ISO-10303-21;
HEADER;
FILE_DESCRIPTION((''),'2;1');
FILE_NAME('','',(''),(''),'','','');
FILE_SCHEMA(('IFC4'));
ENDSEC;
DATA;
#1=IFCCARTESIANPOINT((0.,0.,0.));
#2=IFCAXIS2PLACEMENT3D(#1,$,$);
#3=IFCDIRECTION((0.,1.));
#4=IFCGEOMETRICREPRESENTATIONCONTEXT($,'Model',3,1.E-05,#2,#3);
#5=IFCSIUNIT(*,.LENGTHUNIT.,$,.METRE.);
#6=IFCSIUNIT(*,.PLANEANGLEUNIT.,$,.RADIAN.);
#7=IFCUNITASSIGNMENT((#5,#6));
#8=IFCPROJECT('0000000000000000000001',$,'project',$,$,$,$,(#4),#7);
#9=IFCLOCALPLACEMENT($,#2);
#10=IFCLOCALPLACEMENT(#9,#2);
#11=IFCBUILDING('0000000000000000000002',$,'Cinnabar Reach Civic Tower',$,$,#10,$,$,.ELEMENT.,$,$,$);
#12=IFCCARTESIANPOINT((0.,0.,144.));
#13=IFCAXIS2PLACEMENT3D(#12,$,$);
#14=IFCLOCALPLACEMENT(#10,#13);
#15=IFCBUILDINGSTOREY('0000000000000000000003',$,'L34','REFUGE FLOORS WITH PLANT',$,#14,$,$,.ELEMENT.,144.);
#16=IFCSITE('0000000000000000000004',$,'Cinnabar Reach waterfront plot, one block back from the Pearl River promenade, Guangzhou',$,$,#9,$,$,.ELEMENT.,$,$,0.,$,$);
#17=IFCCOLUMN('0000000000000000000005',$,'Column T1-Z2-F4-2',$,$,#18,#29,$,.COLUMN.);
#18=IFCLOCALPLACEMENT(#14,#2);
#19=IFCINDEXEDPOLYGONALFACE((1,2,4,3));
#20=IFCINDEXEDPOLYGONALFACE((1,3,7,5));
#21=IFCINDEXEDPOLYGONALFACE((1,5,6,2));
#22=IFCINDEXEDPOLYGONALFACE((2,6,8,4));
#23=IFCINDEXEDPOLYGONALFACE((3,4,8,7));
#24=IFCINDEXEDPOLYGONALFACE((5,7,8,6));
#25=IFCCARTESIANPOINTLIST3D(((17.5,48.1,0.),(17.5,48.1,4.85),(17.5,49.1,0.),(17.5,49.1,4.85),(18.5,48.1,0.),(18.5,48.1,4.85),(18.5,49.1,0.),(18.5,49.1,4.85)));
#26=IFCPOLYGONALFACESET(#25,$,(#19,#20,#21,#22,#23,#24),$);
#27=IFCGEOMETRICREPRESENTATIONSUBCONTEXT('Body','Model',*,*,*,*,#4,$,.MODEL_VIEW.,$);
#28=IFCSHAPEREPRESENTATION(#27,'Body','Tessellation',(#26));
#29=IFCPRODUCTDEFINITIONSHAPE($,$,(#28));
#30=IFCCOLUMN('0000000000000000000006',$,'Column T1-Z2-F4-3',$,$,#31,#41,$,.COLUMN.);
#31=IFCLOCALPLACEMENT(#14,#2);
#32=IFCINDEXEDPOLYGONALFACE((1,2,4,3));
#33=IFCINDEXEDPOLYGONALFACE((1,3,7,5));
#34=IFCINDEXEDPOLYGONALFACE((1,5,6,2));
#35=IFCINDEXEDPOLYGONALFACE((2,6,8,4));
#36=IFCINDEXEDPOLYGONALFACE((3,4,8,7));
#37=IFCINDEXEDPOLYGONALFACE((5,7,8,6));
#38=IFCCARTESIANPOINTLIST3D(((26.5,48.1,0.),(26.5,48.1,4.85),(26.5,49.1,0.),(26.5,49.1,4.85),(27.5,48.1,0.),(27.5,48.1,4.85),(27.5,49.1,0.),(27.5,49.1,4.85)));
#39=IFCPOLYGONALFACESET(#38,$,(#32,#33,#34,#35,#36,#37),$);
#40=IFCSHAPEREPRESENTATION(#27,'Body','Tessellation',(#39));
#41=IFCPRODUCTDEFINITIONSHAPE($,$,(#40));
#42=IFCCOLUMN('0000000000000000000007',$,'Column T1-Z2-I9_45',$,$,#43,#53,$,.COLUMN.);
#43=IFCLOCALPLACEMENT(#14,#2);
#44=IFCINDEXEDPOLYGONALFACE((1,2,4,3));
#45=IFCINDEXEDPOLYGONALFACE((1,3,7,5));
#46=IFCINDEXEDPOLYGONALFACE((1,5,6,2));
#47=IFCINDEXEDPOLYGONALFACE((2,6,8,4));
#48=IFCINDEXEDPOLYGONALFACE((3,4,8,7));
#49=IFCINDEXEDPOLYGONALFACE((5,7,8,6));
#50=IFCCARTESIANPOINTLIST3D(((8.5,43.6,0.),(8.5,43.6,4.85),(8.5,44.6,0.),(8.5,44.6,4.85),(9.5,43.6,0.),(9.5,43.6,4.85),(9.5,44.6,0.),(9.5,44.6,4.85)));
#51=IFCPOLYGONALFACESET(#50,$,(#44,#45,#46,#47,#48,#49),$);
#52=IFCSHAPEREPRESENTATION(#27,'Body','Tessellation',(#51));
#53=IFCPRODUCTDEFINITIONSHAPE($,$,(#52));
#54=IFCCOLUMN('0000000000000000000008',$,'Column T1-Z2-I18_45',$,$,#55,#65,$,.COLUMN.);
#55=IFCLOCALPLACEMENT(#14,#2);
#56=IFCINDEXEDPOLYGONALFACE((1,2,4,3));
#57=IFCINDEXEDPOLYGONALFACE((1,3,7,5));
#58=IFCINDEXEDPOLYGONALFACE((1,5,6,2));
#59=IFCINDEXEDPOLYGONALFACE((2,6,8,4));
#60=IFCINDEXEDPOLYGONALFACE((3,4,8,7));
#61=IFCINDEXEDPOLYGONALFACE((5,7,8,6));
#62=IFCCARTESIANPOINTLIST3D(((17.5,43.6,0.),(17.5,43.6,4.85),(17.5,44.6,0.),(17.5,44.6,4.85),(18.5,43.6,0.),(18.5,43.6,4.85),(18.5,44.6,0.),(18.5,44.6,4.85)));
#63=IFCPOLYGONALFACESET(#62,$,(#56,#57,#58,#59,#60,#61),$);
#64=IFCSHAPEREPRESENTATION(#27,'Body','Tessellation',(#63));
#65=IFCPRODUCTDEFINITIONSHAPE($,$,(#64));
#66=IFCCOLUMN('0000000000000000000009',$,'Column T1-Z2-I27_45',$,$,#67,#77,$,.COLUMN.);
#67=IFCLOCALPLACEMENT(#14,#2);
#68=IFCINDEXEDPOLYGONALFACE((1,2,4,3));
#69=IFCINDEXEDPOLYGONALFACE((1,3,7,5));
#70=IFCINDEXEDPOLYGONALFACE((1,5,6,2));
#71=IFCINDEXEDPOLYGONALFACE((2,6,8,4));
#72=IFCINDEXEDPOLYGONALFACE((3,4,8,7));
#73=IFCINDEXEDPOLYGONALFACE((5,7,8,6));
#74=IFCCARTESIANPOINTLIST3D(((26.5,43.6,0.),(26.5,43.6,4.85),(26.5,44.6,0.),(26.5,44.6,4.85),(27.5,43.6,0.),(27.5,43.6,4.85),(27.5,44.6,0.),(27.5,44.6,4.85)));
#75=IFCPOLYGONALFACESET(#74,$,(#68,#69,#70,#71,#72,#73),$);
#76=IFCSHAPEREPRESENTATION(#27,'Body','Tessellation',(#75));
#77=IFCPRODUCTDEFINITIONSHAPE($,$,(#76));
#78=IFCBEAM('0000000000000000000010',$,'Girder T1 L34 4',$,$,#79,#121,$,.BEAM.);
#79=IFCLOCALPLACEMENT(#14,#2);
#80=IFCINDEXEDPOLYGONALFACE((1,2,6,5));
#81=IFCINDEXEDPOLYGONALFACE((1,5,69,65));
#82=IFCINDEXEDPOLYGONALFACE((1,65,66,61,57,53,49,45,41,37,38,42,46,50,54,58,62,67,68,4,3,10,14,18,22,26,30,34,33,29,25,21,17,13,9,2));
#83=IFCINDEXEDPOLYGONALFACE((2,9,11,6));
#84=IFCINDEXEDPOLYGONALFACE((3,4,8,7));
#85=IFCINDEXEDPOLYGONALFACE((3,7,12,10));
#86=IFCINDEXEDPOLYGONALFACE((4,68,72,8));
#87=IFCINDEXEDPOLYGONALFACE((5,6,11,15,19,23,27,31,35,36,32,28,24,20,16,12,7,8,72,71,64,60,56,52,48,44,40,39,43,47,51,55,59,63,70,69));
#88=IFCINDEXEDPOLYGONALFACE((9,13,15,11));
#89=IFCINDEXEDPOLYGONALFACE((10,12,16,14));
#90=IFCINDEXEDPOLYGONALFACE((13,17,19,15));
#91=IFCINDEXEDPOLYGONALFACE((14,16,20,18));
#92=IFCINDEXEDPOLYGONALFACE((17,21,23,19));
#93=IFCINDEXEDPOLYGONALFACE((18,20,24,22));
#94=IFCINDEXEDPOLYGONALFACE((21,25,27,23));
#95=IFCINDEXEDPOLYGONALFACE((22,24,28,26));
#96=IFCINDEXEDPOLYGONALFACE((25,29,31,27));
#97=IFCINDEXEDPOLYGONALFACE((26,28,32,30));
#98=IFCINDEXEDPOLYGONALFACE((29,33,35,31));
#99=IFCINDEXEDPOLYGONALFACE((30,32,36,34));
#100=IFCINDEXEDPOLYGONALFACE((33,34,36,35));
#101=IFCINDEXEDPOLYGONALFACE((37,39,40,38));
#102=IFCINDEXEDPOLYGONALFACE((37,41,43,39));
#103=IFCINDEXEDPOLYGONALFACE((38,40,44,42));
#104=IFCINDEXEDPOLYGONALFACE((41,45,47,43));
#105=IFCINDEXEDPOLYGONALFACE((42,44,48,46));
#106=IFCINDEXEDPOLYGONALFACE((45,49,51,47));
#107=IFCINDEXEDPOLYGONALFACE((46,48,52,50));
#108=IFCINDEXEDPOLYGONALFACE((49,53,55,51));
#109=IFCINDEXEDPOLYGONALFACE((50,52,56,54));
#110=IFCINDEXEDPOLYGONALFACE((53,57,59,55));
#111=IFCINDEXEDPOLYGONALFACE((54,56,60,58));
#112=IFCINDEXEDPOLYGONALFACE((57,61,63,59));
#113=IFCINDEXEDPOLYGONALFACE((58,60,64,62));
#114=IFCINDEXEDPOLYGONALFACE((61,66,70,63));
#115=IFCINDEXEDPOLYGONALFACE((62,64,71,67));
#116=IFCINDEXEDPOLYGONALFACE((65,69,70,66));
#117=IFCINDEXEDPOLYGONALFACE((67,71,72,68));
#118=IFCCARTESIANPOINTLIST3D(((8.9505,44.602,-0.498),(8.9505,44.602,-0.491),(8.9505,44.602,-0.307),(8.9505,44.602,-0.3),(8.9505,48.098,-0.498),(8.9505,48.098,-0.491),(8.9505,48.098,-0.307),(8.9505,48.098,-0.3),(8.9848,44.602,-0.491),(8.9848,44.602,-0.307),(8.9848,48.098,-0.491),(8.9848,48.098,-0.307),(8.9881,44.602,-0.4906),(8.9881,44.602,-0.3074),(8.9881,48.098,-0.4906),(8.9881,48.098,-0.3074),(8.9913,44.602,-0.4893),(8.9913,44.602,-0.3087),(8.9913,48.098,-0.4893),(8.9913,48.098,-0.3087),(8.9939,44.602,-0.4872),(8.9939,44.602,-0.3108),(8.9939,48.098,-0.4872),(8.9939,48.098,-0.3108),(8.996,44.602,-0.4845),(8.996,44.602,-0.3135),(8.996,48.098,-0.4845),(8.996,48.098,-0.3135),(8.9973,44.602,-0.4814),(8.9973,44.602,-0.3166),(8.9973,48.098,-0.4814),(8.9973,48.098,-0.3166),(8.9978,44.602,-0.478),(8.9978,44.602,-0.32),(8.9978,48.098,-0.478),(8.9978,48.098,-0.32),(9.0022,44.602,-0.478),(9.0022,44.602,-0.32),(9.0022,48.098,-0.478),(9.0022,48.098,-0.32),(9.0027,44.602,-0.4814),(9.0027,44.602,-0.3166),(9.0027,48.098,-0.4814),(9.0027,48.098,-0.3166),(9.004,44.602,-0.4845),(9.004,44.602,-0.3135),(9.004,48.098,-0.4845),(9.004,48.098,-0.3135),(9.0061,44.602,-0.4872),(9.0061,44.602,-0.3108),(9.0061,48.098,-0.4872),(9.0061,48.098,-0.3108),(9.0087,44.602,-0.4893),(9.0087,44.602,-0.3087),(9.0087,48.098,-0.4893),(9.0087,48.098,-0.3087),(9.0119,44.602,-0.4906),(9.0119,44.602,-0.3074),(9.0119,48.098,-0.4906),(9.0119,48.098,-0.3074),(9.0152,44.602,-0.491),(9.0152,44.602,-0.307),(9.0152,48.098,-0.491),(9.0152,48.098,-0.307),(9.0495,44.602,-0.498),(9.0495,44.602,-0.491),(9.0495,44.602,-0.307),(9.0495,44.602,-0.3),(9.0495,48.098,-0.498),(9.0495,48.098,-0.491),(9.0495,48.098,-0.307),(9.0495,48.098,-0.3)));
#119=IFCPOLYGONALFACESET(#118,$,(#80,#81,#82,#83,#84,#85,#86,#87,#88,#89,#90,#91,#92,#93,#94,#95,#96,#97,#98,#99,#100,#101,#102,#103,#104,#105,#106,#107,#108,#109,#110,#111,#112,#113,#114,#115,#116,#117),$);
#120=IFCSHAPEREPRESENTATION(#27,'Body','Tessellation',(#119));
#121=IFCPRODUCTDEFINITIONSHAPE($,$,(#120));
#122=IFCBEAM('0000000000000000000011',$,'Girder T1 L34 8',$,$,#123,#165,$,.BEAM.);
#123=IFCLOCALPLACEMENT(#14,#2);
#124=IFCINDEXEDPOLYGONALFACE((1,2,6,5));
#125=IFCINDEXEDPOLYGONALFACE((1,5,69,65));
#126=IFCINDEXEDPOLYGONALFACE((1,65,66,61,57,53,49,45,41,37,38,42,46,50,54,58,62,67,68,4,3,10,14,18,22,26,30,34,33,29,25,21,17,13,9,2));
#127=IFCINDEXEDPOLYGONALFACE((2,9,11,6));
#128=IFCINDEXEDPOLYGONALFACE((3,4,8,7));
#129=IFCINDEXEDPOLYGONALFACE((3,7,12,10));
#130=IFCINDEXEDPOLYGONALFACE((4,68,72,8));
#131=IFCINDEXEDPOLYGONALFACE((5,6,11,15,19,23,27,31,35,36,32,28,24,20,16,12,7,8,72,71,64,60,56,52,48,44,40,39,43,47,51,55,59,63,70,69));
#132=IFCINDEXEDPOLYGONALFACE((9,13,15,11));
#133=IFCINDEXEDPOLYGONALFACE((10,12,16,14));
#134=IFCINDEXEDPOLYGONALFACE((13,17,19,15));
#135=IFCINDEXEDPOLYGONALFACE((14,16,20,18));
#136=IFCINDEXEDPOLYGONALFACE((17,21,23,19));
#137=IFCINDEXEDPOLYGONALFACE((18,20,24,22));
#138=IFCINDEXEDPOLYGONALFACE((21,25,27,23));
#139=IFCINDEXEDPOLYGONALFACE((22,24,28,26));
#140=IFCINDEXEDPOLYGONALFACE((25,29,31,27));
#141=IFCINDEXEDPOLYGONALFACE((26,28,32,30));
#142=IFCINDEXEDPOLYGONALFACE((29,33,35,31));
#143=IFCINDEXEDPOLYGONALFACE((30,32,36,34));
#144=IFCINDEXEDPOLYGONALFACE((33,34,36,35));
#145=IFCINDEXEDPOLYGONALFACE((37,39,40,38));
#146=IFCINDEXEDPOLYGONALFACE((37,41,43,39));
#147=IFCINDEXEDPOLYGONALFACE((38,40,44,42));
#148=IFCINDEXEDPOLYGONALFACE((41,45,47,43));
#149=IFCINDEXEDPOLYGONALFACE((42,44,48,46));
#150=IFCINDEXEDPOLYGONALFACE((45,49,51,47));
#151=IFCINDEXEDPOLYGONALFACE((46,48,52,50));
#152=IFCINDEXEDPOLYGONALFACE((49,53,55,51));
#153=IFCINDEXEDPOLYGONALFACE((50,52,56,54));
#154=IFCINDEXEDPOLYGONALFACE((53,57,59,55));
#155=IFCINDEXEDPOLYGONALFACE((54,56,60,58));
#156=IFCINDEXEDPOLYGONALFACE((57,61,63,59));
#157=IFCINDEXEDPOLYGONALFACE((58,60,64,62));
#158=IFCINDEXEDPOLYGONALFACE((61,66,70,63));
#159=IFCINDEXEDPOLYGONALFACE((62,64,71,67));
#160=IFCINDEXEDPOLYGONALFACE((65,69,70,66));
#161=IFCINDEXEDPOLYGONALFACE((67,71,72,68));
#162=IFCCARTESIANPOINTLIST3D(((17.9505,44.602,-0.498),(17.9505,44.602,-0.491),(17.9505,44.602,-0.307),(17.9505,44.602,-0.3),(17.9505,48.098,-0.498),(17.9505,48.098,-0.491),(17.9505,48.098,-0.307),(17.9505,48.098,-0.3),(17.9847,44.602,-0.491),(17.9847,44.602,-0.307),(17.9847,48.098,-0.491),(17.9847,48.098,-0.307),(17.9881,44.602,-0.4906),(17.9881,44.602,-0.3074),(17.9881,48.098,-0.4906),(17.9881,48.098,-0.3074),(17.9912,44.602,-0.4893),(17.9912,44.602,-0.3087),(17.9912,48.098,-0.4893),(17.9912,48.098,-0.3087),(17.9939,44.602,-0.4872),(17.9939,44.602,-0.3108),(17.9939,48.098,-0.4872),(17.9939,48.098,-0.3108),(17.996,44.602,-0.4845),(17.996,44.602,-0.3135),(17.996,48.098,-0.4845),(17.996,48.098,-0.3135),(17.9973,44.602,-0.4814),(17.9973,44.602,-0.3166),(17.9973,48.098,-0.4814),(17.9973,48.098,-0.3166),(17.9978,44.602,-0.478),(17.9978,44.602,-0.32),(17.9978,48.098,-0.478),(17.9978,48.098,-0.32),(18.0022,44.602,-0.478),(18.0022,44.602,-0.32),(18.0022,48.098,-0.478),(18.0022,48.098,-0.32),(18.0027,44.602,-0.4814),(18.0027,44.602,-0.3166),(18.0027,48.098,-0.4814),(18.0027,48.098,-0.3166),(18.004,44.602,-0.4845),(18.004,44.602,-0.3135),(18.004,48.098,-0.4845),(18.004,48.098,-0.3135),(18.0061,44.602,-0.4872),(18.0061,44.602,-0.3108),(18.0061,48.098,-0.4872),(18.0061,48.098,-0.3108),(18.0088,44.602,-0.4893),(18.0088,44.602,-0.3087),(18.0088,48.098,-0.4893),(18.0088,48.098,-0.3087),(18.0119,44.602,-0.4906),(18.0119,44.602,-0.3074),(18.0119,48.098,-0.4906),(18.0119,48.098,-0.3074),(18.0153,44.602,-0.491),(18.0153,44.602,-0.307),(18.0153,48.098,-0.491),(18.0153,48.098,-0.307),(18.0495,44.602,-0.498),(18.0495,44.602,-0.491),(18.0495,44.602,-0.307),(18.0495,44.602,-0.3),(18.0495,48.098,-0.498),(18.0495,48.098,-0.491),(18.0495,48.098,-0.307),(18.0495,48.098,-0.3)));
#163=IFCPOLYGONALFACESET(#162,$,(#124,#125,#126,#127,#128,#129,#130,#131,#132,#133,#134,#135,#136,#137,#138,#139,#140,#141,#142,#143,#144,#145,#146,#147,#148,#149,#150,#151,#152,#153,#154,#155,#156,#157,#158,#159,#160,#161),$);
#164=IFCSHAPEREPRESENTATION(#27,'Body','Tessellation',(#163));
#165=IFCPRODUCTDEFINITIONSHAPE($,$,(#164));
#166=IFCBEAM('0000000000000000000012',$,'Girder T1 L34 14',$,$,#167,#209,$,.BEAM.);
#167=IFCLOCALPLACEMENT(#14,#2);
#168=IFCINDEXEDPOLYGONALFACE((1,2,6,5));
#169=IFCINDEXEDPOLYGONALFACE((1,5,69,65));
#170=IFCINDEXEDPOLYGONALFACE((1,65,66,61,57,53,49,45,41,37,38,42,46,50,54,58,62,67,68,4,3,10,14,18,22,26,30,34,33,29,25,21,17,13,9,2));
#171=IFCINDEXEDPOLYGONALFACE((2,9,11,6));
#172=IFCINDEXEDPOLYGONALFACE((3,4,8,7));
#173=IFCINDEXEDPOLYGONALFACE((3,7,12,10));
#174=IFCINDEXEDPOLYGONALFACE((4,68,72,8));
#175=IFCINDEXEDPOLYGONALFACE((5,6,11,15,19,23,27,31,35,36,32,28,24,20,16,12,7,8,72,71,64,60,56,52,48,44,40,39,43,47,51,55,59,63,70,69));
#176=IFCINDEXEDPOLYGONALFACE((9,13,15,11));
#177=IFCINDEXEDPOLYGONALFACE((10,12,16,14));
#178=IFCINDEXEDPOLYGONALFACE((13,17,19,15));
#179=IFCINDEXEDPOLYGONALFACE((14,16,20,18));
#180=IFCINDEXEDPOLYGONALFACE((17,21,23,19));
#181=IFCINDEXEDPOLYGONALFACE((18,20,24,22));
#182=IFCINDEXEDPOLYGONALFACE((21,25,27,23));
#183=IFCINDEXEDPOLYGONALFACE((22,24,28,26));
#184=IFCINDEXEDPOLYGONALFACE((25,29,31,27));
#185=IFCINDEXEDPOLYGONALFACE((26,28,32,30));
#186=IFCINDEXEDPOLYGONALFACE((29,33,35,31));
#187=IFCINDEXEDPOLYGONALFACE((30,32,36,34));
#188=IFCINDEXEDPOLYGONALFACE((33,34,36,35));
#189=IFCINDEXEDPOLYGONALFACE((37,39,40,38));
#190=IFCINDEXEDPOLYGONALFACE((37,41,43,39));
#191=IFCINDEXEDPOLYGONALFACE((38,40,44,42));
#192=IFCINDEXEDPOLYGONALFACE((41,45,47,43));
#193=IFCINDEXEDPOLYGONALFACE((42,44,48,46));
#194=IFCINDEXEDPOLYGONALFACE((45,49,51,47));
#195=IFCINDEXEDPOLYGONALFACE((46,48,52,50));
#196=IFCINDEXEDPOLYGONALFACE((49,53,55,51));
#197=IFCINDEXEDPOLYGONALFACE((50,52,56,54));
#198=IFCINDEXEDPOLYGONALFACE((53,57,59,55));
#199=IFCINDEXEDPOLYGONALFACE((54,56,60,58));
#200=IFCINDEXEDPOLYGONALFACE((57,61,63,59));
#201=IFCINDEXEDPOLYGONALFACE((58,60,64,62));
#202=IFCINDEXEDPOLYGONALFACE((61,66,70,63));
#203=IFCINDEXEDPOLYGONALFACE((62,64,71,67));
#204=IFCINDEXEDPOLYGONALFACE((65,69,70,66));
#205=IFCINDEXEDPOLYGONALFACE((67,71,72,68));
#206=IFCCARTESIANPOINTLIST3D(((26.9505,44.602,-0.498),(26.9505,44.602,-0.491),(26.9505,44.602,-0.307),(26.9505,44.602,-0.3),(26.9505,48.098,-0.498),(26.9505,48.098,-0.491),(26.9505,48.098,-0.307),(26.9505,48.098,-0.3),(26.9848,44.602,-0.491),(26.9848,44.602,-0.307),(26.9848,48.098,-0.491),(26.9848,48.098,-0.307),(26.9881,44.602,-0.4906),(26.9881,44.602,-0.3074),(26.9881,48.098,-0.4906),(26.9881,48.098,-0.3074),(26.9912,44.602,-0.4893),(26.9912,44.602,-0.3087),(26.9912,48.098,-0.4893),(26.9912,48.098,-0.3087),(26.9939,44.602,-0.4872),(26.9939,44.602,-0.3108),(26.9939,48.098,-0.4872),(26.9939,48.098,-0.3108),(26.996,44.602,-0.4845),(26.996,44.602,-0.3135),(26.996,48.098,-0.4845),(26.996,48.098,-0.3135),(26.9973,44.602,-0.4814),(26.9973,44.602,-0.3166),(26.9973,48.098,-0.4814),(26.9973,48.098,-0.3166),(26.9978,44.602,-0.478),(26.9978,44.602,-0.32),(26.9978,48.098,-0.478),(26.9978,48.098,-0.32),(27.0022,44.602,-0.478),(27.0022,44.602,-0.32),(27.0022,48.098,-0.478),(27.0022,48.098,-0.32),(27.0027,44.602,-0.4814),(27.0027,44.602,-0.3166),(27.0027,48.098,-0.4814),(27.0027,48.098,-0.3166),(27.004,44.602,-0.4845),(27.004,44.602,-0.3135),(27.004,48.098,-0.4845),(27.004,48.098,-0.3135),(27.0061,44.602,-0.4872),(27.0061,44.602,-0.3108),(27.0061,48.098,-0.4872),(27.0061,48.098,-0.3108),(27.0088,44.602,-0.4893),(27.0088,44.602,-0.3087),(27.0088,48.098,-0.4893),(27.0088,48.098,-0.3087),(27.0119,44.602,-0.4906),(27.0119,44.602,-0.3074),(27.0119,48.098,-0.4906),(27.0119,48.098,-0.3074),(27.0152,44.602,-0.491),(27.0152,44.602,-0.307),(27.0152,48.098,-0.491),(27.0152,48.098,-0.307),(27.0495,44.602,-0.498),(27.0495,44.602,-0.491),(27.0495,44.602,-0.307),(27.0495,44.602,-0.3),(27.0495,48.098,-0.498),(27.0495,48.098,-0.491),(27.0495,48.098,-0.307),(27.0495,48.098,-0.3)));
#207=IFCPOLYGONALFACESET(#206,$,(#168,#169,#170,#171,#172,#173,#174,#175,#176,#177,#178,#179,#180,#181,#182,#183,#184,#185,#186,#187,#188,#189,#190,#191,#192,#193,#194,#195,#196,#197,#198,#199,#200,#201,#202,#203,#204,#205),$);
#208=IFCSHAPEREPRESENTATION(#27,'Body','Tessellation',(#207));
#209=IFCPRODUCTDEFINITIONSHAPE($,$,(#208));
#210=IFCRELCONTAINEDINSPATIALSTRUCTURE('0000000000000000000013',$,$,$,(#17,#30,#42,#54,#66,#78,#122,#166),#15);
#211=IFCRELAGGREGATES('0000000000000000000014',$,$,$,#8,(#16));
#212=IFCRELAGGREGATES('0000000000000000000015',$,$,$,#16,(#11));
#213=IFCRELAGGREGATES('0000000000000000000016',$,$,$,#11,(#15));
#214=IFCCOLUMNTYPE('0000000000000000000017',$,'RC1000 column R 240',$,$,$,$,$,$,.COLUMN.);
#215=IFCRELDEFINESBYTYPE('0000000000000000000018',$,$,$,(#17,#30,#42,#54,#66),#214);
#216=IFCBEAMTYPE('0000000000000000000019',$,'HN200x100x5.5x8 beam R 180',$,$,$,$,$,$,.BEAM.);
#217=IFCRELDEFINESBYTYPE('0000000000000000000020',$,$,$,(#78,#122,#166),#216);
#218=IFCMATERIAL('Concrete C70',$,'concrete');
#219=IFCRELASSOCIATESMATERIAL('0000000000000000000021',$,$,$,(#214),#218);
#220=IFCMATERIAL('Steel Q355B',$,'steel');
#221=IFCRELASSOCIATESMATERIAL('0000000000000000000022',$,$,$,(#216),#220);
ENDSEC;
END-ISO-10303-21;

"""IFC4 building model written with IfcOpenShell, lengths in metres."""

from ifc_helpers import new_model, si_unit, direction, frame, origin, origin_2d, place, context, subcontext, project, spatial, rectangle, i_section, extrude, material, material_profile, profile_set, type_object, element, save


model = new_model("IFC4")

# Units and contexts
model_context = context("Model", 3, precision=1e-05, world=origin(), true_north=direction((0.0, 1.0)))
body_context = subcontext(model_context, "Body", "Model", "MODEL_VIEW")
ifc_project = project(units=[si_unit("LENGTHUNIT", "METRE"), si_unit("PLANEANGLEUNIT", "RADIAN")], contexts=[model_context])

# Site, building, storey
site_placement = place(None, origin())
site = spatial("IfcSite", under=ifc_project, at=site_placement, Name="Cinnabar Reach waterfront plot, one block back from the Pearl River promenade, Guangzhou", CompositionType="ELEMENT", RefElevation=0.0)
building_placement = place(site_placement, origin())
building = spatial("IfcBuilding", under=site, at=building_placement, Name="Cinnabar Reach Civic Tower", CompositionType="ELEMENT")
storey_placement = place(building_placement, frame((0.0, 0.0, 144.0)))
storey = spatial("IfcBuildingStorey", under=building, at=storey_placement, Name="L34", Description="REFUGE FLOORS WITH PLANT", CompositionType="ELEMENT", Elevation=144.0)

# Columns
ifc_material_1 = material(Name="Concrete C70", Category="concrete")
ifc_material_profile_1 = material_profile(ifc_material_1, rectangle(XDim=1.0, YDim=1.0, at=origin_2d()), Name="RC1000")
ifc_profile_set_1 = profile_set([ifc_material_profile_1], Name="Concrete C70")
column_type = type_object("IfcColumnType", Name="RC1000 column R 240", PredefinedType="COLUMN", material=ifc_profile_set_1)
for number, where, z_axis, x_axis, name in (
    (1, (18.0, 48.6, 0.0), (0.0, 0.0, 1.0), (1.0, 0.0, 0.0), "Column T1-Z2-F4-2"),
    (2, (27.0, 48.6, 0.0), (0.0, 0.0, 1.0), (1.0, 0.0, 0.0), "Column T1-Z2-F4-3"),
    (3, (9.0, 44.1, 0.0), (0.0, 0.0, 1.0), (1.0, 0.0, 0.0), "Column T1-Z2-I9_45"),
    (4, (18.0, 44.1, 0.0), (0.0, 0.0, 1.0), (1.0, 0.0, 0.0), "Column T1-Z2-I18_45"),
    (5, (27.0, 44.1, 0.0), (0.0, 0.0, 1.0), (1.0, 0.0, 0.0), "Column T1-Z2-I27_45"),
):
    element("IfcColumn", number, at=place(storey_placement, frame(where, z_axis=z_axis, x_axis=x_axis)), inside=storey, type_object=column_type, Name=name, PredefinedType="COLUMN", context=body_context, shape_type="SweptSolid", body=[
        extrude(rectangle(XDim=1.0, YDim=1.0, at=origin_2d()), origin(), (0.0, 0.0, 1.0), 4.85),
    ])

# Beams
ifc_material_2 = material(Name="Steel Q355B", Category="steel")
ifc_material_profile_2 = material_profile(ifc_material_2, i_section(OverallWidth=0.099, OverallDepth=0.198, WebThickness=0.0045, FlangeThickness=0.007, FilletRadius=0.013, at=origin_2d()), Name="HN200x100x5.5x8")
ifc_profile_set_2 = profile_set([ifc_material_profile_2], Name="Steel Q355B")
beam_type_1 = type_object("IfcBeamType", Name="HN200x100x5.5x8 beam R 180", PredefinedType="BEAM", material=ifc_profile_set_2)
for number, where, z_axis, x_axis, name in (
    (6, (9.0, 44.602, -0.399), (0.0, 1.0, 0.0), (-1.0, 0.0, 0.0), "Girder T1 L34 4"),
    (7, (18.0, 44.602, -0.399), (0.0, 1.0, 0.0), (-1.0, 0.0, 0.0), "Girder T1 L34 8"),
    (8, (27.0, 44.602, -0.399), (0.0, 1.0, 0.0), (-1.0, 0.0, 0.0), "Girder T1 L34 14"),
):
    element("IfcBeam", number, at=place(storey_placement, frame(where, z_axis=z_axis, x_axis=x_axis)), inside=storey, type_object=beam_type_1, Name=name, PredefinedType="BEAM", context=body_context, shape_type="SweptSolid", body=[
        extrude(i_section(OverallWidth=0.099, OverallDepth=0.198, WebThickness=0.0045, FlangeThickness=0.007, FilletRadius=0.013, at=origin_2d()), origin(), (0.0, 0.0, 1.0), 3.496),
    ])

save(model, "model.ifc")
